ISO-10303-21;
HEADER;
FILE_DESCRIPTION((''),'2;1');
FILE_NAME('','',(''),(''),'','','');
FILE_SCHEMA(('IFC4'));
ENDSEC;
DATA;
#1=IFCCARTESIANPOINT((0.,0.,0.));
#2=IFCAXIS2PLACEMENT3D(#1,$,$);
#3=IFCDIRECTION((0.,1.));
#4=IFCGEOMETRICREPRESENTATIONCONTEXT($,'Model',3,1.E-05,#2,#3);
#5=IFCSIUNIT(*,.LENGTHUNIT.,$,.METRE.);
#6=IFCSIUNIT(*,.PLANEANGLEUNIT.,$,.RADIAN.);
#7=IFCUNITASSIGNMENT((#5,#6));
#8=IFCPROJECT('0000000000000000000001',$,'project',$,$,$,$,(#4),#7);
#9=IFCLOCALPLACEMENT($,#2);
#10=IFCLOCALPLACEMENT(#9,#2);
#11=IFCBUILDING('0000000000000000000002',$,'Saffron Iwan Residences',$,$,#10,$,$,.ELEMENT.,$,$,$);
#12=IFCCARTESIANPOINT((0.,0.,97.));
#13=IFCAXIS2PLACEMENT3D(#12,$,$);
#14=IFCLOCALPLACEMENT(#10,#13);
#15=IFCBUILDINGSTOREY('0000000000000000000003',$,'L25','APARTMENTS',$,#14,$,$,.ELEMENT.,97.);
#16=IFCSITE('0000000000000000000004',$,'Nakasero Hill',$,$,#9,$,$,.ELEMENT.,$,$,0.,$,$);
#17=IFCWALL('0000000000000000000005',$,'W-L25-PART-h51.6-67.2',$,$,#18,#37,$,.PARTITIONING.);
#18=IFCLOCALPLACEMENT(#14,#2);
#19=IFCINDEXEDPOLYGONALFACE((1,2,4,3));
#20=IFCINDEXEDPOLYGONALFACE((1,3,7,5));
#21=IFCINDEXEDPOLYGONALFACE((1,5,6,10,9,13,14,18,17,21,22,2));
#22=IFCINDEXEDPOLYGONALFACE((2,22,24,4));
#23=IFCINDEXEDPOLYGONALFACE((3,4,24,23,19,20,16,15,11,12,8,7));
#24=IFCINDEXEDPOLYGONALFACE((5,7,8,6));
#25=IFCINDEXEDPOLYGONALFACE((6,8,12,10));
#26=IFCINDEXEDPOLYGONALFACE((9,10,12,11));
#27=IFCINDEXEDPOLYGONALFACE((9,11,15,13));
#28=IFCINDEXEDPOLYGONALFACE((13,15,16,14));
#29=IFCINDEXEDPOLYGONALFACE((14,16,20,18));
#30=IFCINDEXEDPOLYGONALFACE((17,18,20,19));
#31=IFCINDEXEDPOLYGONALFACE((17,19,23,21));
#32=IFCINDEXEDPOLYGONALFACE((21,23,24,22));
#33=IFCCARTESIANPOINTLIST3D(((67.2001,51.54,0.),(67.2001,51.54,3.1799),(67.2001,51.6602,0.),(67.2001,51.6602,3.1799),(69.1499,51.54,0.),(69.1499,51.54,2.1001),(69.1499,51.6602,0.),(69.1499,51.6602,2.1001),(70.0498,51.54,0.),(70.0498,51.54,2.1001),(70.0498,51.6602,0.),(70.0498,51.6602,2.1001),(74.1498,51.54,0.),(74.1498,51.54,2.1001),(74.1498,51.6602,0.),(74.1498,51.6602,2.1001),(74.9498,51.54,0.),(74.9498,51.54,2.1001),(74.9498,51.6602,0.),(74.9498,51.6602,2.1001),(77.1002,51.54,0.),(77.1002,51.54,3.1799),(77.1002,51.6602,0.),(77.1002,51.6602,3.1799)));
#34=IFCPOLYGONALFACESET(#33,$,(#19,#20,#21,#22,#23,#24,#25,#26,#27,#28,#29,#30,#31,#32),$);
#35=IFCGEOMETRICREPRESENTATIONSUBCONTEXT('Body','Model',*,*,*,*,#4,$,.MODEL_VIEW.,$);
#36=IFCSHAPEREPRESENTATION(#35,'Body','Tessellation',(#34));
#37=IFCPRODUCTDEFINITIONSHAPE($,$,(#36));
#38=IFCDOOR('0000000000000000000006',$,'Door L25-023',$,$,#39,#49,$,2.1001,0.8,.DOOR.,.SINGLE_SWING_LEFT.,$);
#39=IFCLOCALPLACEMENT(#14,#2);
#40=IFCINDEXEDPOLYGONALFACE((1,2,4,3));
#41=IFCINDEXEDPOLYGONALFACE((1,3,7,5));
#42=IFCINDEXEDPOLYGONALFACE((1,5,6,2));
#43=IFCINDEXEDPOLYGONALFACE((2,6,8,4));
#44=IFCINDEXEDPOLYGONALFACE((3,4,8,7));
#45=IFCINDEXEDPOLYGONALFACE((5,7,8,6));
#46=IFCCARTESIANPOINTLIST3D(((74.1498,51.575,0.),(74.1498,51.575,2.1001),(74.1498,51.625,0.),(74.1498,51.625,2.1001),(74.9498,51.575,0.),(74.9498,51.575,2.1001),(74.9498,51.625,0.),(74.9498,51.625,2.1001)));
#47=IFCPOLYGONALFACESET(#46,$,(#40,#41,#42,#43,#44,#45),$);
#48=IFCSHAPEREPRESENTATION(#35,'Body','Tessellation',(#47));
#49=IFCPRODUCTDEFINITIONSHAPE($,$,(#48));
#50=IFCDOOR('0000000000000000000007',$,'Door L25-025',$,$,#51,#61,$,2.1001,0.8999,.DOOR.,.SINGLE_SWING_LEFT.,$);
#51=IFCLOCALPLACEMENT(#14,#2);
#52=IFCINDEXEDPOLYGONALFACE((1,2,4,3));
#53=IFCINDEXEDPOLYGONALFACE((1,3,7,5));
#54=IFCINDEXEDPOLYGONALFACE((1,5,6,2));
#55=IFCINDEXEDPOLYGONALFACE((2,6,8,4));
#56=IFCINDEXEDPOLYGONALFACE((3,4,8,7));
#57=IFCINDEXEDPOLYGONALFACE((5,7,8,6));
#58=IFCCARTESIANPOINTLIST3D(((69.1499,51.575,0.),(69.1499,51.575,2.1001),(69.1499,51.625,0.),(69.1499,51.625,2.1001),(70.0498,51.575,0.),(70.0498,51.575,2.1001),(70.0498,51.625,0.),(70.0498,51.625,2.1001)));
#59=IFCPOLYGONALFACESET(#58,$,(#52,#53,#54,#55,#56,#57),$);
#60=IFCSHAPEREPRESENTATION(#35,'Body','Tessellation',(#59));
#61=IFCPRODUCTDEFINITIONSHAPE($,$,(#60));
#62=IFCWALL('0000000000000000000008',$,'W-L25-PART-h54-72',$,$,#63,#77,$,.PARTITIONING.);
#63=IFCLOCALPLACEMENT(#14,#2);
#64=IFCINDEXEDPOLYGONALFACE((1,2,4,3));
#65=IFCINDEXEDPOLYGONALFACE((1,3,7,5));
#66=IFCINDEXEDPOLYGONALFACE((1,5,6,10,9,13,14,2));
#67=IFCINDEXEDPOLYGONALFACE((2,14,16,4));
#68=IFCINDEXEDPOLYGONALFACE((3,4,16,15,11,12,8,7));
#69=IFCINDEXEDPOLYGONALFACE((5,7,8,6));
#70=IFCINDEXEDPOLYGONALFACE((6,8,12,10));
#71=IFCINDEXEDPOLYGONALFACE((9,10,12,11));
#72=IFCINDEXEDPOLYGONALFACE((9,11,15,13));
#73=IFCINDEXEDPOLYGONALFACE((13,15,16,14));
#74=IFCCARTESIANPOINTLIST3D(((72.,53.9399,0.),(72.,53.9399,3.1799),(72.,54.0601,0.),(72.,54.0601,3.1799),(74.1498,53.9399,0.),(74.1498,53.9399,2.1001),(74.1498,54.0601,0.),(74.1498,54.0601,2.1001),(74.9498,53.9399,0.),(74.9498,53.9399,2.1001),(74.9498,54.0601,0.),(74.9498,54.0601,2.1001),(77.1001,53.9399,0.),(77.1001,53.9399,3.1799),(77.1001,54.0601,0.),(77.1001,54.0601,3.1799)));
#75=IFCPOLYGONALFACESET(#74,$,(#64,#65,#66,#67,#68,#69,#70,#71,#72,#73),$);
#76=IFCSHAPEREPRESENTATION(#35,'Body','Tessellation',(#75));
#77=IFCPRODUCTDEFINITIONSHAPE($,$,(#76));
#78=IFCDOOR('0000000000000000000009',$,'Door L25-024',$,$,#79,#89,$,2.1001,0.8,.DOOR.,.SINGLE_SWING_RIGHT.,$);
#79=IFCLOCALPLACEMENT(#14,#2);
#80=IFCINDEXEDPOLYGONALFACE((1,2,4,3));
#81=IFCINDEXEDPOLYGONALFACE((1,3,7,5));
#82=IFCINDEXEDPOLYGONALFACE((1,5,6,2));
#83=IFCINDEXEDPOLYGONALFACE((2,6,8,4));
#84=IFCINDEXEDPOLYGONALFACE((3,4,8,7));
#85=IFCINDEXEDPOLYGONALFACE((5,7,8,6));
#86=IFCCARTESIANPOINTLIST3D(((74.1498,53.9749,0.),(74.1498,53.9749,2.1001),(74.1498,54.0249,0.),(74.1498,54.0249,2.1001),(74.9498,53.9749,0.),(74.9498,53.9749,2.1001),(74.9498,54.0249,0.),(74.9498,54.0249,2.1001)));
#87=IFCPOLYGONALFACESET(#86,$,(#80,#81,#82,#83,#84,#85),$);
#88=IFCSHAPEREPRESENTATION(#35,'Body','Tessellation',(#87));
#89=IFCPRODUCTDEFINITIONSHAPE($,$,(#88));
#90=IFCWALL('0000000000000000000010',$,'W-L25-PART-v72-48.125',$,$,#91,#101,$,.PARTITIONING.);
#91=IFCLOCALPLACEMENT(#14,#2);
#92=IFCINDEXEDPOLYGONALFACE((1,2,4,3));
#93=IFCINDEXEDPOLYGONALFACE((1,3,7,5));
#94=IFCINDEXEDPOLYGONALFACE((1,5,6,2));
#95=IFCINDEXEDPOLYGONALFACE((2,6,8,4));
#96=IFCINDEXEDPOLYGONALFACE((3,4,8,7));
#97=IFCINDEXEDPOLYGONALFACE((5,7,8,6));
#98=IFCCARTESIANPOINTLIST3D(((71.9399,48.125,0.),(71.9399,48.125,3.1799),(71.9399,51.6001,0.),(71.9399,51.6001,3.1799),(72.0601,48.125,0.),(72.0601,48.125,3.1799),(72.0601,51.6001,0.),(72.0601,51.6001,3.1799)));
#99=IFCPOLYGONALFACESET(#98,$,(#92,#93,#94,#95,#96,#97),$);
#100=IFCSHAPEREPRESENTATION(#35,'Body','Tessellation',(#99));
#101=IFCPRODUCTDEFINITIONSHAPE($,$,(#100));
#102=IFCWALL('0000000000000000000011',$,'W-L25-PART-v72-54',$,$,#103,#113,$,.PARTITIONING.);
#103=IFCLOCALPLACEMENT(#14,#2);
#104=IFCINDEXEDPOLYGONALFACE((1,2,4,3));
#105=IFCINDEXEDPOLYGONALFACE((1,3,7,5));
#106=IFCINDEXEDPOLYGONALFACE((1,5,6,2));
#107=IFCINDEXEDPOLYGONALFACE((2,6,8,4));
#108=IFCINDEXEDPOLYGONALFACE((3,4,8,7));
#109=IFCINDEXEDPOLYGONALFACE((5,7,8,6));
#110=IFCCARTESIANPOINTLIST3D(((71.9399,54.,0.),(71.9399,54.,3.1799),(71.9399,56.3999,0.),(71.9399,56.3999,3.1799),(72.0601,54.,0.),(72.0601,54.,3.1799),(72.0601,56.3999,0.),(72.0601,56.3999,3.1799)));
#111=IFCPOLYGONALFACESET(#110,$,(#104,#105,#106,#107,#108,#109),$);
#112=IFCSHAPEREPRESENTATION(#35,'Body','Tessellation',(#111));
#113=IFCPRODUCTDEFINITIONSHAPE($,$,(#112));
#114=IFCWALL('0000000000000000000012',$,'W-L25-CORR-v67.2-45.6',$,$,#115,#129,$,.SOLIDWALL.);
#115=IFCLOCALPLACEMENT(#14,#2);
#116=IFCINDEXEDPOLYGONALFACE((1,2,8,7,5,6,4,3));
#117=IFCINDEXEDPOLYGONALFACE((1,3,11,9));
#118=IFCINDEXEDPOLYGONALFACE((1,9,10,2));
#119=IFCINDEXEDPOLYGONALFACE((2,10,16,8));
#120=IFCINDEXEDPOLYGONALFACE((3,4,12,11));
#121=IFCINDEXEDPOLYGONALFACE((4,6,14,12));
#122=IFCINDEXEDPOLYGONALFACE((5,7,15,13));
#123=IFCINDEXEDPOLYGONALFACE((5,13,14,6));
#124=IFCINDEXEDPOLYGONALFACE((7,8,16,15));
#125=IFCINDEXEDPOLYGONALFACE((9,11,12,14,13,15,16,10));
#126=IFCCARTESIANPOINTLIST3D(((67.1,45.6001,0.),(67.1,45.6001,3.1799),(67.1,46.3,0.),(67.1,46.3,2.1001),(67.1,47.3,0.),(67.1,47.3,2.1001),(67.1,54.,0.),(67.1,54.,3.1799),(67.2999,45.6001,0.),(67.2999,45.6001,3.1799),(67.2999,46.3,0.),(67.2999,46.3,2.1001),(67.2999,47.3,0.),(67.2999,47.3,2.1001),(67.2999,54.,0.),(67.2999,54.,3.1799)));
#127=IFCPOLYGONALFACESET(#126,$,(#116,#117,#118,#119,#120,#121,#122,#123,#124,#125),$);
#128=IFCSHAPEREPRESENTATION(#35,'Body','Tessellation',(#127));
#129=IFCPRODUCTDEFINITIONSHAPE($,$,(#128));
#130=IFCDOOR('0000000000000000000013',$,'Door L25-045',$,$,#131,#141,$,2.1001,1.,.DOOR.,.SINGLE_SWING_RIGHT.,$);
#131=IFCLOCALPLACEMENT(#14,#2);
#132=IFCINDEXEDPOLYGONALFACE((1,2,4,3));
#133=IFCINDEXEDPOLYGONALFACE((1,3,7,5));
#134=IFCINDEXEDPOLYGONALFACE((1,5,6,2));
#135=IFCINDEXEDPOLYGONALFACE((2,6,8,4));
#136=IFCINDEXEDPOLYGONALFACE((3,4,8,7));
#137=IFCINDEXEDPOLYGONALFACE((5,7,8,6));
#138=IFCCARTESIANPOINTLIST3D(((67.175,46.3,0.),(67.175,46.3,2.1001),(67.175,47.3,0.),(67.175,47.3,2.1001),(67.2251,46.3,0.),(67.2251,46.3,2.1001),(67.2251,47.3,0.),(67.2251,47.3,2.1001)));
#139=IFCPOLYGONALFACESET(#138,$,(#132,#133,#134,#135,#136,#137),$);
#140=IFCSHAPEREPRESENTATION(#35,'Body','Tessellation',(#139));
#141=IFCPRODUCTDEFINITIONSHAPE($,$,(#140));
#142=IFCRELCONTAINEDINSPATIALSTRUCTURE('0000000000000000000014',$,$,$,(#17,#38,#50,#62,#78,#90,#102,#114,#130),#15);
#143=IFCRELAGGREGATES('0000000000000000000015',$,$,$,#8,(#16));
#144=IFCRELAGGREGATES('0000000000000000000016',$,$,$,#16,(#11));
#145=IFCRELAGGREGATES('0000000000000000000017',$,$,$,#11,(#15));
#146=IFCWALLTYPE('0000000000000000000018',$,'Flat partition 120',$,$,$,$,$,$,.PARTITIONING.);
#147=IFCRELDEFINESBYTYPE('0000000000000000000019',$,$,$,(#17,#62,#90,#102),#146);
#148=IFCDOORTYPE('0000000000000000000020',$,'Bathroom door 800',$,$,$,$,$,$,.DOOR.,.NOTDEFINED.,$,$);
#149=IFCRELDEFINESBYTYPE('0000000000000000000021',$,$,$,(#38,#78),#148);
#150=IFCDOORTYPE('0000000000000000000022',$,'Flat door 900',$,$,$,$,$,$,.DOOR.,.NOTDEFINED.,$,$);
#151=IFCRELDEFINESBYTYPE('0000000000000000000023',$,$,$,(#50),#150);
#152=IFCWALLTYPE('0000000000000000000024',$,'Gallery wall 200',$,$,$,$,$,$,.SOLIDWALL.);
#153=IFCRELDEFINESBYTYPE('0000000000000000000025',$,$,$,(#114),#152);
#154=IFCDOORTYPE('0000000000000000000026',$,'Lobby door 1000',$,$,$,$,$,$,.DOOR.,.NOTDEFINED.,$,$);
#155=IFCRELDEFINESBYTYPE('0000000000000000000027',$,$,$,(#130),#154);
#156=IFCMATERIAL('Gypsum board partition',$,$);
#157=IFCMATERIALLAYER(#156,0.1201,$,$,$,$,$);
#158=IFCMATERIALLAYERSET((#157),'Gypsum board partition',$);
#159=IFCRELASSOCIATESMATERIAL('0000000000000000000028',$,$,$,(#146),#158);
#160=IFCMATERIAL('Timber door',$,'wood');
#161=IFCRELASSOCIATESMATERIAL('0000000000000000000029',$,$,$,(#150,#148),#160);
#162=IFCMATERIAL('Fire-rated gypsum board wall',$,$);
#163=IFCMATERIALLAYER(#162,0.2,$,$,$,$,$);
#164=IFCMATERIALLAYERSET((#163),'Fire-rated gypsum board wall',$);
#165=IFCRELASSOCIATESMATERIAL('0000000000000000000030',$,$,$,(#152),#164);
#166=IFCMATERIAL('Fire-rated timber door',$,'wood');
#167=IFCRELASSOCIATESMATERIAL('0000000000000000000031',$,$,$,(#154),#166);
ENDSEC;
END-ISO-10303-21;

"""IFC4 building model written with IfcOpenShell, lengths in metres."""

from ifc_helpers import new_model, si_unit, direction, frame, frame_2d, origin, place, context, subcontext, project, spatial, rectangle, extrude, material, layer, layer_set, type_object, element, fill, save


model = new_model("IFC4")

# Units and contexts
model_context = context("Model", 3, precision=1e-05, world=origin(), true_north=direction((0.0, 1.0)))
body_context = subcontext(model_context, "Body", "Model", "MODEL_VIEW")
ifc_project = project(units=[si_unit("LENGTHUNIT", "METRE"), si_unit("PLANEANGLEUNIT", "RADIAN")], contexts=[model_context])

# Site, building, storey
site_placement = place(None, origin())
site = spatial("IfcSite", under=ifc_project, at=site_placement, Name="Nakasero Hill", CompositionType="ELEMENT", RefElevation=0.0)
building_placement = place(site_placement, origin())
building = spatial("IfcBuilding", under=site, at=building_placement, Name="Saffron Iwan Residences", CompositionType="ELEMENT")
storey_placement = place(building_placement, frame((0.0, 0.0, 97.0)))
storey = spatial("IfcBuildingStorey", under=building, at=storey_placement, Name="L25", Description="APARTMENTS", CompositionType="ELEMENT", Elevation=97.0)

# Shared definitions
ifc_material_1 = material(Name="Fire-rated gypsum board wall")

# Shared definitions
ifc_material_2 = material(Name="Gypsum board partition")
ifc_layer_1 = layer(ifc_material_2, 0.1201)
ifc_layer_set_1 = layer_set([ifc_layer_1], Name="Gypsum board partition")
wall_type_1 = type_object("IfcWallType", Name="Flat partition 120", PredefinedType="PARTITIONING", material=ifc_layer_set_1)
ifc_material_3 = material(Name="Timber door", Category="wood")
door_type_1 = type_object("IfcDoorType", Name="Flat door 900", OperationType="NOTDEFINED", PredefinedType="DOOR", material=ifc_material_3)

# Wall, openings, doors
wall_1_placement = place(storey_placement, frame((67.2, 51.6001, 0.0), z_axis=(0.0, 0.0, 1.0), x_axis=(1.0, 0.0, 0.0)))
wall_1 = element("IfcWall", 1, at=wall_1_placement, inside=storey, type_object=wall_type_1, Name="W-L25-PART-h51.6-67.2", PredefinedType="PARTITIONING", context=body_context, shape_type="SweptSolid", body=[
    extrude(rectangle(XDim=9.9001, YDim=0.1201, at=frame_2d((4.9502, 0.0))), origin(), (0.0, 0.0, 1.0), 3.1799),
])
opening_1_placement = place(wall_1_placement, frame((6.95, 0.0, 0.0)))
opening_1 = element("IfcOpeningElement", 2, at=opening_1_placement, cuts=wall_1, PredefinedType="OPENING", context=body_context, shape_type="SweptSolid", body=[
    extrude(rectangle(XDim=0.8, YDim=2.1001, at=frame_2d((0.3999, 1.05))), frame((0.0, 0.0701, 0.0), z_axis=(0.0, -1.0, 0.0), x_axis=(1.0, 0.0, 0.0)), (0.0, 0.0, 1.0), 0.1401),
])
opening_2_placement = place(wall_1_placement, frame((1.95, 0.0, 0.0)))
opening_2 = element("IfcOpeningElement", 3, at=opening_2_placement, cuts=wall_1, PredefinedType="OPENING", context=body_context, shape_type="SweptSolid", body=[
    extrude(rectangle(XDim=0.8999, YDim=2.1001, at=frame_2d((0.45, 1.05))), frame((0.0, 0.0701, 0.0), z_axis=(0.0, -1.0, 0.0), x_axis=(1.0, 0.0, 0.0)), (0.0, 0.0, 1.0), 0.1401),
])
door_type_2 = type_object("IfcDoorType", Name="Bathroom door 800", OperationType="NOTDEFINED", PredefinedType="DOOR", material=ifc_material_3)
door_1_placement = place(opening_1_placement, origin())
door_1 = element("IfcDoor", 4, at=door_1_placement, inside=storey, type_object=door_type_2, Name="Door L25-023", OperationType="SINGLE_SWING_LEFT", OverallHeight=2.1001, OverallWidth=0.8, PredefinedType="DOOR", context=body_context, shape_type="SweptSolid", body=[
    extrude(rectangle(XDim=0.8, YDim=2.1001, at=frame_2d((0.3999, 1.05))), frame((0.0, 0.0249, 0.0), z_axis=(0.0, -1.0, 0.0), x_axis=(1.0, 0.0, 0.0)), (0.0, 0.0, 1.0), 0.05),
])
fill(opening_1, door_1)
door_2_placement = place(opening_2_placement, origin())
door_2 = element("IfcDoor", 5, at=door_2_placement, inside=storey, type_object=door_type_1, Name="Door L25-025", OperationType="SINGLE_SWING_LEFT", OverallHeight=2.1001, OverallWidth=0.8999, PredefinedType="DOOR", context=body_context, shape_type="SweptSolid", body=[
    extrude(rectangle(XDim=0.8999, YDim=2.1001, at=frame_2d((0.45, 1.05))), frame((0.0, 0.0249, 0.0), z_axis=(0.0, -1.0, 0.0), x_axis=(1.0, 0.0, 0.0)), (0.0, 0.0, 1.0), 0.05),
])
fill(opening_2, door_2)

# Wall, opening, door
wall_2_placement = place(storey_placement, frame((72.0, 54.0, 0.0), z_axis=(0.0, 0.0, 1.0), x_axis=(1.0, 0.0, 0.0)))
wall_2 = element("IfcWall", 6, at=wall_2_placement, inside=storey, type_object=wall_type_1, Name="W-L25-PART-h54-72", PredefinedType="PARTITIONING", context=body_context, shape_type="SweptSolid", body=[
    extrude(rectangle(XDim=5.1001, YDim=0.1201, at=frame_2d((2.55, 0.0))), origin(), (0.0, 0.0, 1.0), 3.1799),
])
opening_3_placement = place(wall_2_placement, frame((2.1499, 0.0, 0.0)))
opening_3 = element("IfcOpeningElement", 7, at=opening_3_placement, cuts=wall_2, PredefinedType="OPENING", context=body_context, shape_type="SweptSolid", body=[
    extrude(rectangle(XDim=0.8, YDim=2.1001, at=frame_2d((0.3999, 1.05))), frame((0.0, 0.0701, 0.0), z_axis=(0.0, -1.0, 0.0), x_axis=(1.0, 0.0, 0.0)), (0.0, 0.0, 1.0), 0.1401),
])
door_3_placement = place(opening_3_placement, origin())
door_3 = element("IfcDoor", 8, at=door_3_placement, inside=storey, type_object=door_type_2, Name="Door L25-024", OperationType="SINGLE_SWING_RIGHT", OverallHeight=2.1001, OverallWidth=0.8, PredefinedType="DOOR", context=body_context, shape_type="SweptSolid", body=[
    extrude(rectangle(XDim=0.8, YDim=2.1001, at=frame_2d((0.3999, 1.05))), frame((0.0, 0.0249, 0.0), z_axis=(0.0, -1.0, 0.0), x_axis=(1.0, 0.0, 0.0)), (0.0, 0.0, 1.0), 0.05),
])
fill(opening_3, door_3)

# Walls
wall_3_placement = place(storey_placement, frame((72.0, 48.125, 0.0), z_axis=(0.0, 0.0, 1.0), x_axis=(0.0, 1.0, 0.0)))
element("IfcWall", 9, at=wall_3_placement, inside=storey, type_object=wall_type_1, Name="W-L25-PART-v72-48.125", PredefinedType="PARTITIONING", context=body_context, shape_type="SweptSolid", body=[
    extrude(rectangle(XDim=3.4751, YDim=0.1201, at=frame_2d((1.7375, 0.0))), origin(), (0.0, 0.0, 1.0), 3.1799),
])
wall_4_placement = place(storey_placement, frame((72.0, 54.0, 0.0), z_axis=(0.0, 0.0, 1.0), x_axis=(0.0, 1.0, 0.0)))
element("IfcWall", 10, at=wall_4_placement, inside=storey, type_object=wall_type_1, Name="W-L25-PART-v72-54", PredefinedType="PARTITIONING", context=body_context, shape_type="SweptSolid", body=[
    extrude(rectangle(XDim=2.3999, YDim=0.1201, at=frame_2d((1.2, 0.0))), origin(), (0.0, 0.0, 1.0), 3.1799),
])

# Wall, opening, door
ifc_layer_2 = layer(ifc_material_1, 0.2)
ifc_layer_set_2 = layer_set([ifc_layer_2], Name="Fire-rated gypsum board wall")
wall_type_2 = type_object("IfcWallType", Name="Gallery wall 200", PredefinedType="SOLIDWALL", material=ifc_layer_set_2)
wall_5_placement = place(storey_placement, frame((67.2, 45.6001, 0.0), z_axis=(0.0, 0.0, 1.0), x_axis=(0.0, 1.0, 0.0)))
wall_5 = element("IfcWall", 11, at=wall_5_placement, inside=storey, type_object=wall_type_2, Name="W-L25-CORR-v67.2-45.6", PredefinedType="SOLIDWALL", context=body_context, shape_type="SweptSolid", body=[
    extrude(rectangle(XDim=8.3999, YDim=0.2, at=frame_2d((4.2, 0.0))), origin(), (0.0, 0.0, 1.0), 3.1799),
])
opening_4_placement = place(wall_5_placement, frame((0.7, 0.0, 0.0)))
opening_4 = element("IfcOpeningElement", 12, at=opening_4_placement, cuts=wall_5, PredefinedType="OPENING", context=body_context, shape_type="SweptSolid", body=[
    extrude(rectangle(XDim=1.0, YDim=2.1001, at=frame_2d((0.5, 1.05))), frame((0.0, 0.1099, 0.0), z_axis=(0.0, -1.0, 0.0), x_axis=(1.0, 0.0, 0.0)), (0.0, 0.0, 1.0), 0.22),
])
ifc_material_4 = material(Name="Fire-rated timber door", Category="wood")
door_type_3 = type_object("IfcDoorType", Name="Lobby door 1000", OperationType="NOTDEFINED", PredefinedType="DOOR", material=ifc_material_4)
door_4_placement = place(opening_4_placement, origin())
door_4 = element("IfcDoor", 13, at=door_4_placement, inside=storey, type_object=door_type_3, Name="Door L25-045", OperationType="SINGLE_SWING_RIGHT", OverallHeight=2.1001, OverallWidth=1.0, PredefinedType="DOOR", context=body_context, shape_type="SweptSolid", body=[
    extrude(rectangle(XDim=1.0, YDim=2.1001, at=frame_2d((0.5, 1.05))), frame((0.0, 0.0249, 0.0), z_axis=(0.0, -1.0, 0.0), x_axis=(1.0, 0.0, 0.0)), (0.0, 0.0, 1.0), 0.05),
])
fill(opening_4, door_4)

save(model, "model.ifc")
